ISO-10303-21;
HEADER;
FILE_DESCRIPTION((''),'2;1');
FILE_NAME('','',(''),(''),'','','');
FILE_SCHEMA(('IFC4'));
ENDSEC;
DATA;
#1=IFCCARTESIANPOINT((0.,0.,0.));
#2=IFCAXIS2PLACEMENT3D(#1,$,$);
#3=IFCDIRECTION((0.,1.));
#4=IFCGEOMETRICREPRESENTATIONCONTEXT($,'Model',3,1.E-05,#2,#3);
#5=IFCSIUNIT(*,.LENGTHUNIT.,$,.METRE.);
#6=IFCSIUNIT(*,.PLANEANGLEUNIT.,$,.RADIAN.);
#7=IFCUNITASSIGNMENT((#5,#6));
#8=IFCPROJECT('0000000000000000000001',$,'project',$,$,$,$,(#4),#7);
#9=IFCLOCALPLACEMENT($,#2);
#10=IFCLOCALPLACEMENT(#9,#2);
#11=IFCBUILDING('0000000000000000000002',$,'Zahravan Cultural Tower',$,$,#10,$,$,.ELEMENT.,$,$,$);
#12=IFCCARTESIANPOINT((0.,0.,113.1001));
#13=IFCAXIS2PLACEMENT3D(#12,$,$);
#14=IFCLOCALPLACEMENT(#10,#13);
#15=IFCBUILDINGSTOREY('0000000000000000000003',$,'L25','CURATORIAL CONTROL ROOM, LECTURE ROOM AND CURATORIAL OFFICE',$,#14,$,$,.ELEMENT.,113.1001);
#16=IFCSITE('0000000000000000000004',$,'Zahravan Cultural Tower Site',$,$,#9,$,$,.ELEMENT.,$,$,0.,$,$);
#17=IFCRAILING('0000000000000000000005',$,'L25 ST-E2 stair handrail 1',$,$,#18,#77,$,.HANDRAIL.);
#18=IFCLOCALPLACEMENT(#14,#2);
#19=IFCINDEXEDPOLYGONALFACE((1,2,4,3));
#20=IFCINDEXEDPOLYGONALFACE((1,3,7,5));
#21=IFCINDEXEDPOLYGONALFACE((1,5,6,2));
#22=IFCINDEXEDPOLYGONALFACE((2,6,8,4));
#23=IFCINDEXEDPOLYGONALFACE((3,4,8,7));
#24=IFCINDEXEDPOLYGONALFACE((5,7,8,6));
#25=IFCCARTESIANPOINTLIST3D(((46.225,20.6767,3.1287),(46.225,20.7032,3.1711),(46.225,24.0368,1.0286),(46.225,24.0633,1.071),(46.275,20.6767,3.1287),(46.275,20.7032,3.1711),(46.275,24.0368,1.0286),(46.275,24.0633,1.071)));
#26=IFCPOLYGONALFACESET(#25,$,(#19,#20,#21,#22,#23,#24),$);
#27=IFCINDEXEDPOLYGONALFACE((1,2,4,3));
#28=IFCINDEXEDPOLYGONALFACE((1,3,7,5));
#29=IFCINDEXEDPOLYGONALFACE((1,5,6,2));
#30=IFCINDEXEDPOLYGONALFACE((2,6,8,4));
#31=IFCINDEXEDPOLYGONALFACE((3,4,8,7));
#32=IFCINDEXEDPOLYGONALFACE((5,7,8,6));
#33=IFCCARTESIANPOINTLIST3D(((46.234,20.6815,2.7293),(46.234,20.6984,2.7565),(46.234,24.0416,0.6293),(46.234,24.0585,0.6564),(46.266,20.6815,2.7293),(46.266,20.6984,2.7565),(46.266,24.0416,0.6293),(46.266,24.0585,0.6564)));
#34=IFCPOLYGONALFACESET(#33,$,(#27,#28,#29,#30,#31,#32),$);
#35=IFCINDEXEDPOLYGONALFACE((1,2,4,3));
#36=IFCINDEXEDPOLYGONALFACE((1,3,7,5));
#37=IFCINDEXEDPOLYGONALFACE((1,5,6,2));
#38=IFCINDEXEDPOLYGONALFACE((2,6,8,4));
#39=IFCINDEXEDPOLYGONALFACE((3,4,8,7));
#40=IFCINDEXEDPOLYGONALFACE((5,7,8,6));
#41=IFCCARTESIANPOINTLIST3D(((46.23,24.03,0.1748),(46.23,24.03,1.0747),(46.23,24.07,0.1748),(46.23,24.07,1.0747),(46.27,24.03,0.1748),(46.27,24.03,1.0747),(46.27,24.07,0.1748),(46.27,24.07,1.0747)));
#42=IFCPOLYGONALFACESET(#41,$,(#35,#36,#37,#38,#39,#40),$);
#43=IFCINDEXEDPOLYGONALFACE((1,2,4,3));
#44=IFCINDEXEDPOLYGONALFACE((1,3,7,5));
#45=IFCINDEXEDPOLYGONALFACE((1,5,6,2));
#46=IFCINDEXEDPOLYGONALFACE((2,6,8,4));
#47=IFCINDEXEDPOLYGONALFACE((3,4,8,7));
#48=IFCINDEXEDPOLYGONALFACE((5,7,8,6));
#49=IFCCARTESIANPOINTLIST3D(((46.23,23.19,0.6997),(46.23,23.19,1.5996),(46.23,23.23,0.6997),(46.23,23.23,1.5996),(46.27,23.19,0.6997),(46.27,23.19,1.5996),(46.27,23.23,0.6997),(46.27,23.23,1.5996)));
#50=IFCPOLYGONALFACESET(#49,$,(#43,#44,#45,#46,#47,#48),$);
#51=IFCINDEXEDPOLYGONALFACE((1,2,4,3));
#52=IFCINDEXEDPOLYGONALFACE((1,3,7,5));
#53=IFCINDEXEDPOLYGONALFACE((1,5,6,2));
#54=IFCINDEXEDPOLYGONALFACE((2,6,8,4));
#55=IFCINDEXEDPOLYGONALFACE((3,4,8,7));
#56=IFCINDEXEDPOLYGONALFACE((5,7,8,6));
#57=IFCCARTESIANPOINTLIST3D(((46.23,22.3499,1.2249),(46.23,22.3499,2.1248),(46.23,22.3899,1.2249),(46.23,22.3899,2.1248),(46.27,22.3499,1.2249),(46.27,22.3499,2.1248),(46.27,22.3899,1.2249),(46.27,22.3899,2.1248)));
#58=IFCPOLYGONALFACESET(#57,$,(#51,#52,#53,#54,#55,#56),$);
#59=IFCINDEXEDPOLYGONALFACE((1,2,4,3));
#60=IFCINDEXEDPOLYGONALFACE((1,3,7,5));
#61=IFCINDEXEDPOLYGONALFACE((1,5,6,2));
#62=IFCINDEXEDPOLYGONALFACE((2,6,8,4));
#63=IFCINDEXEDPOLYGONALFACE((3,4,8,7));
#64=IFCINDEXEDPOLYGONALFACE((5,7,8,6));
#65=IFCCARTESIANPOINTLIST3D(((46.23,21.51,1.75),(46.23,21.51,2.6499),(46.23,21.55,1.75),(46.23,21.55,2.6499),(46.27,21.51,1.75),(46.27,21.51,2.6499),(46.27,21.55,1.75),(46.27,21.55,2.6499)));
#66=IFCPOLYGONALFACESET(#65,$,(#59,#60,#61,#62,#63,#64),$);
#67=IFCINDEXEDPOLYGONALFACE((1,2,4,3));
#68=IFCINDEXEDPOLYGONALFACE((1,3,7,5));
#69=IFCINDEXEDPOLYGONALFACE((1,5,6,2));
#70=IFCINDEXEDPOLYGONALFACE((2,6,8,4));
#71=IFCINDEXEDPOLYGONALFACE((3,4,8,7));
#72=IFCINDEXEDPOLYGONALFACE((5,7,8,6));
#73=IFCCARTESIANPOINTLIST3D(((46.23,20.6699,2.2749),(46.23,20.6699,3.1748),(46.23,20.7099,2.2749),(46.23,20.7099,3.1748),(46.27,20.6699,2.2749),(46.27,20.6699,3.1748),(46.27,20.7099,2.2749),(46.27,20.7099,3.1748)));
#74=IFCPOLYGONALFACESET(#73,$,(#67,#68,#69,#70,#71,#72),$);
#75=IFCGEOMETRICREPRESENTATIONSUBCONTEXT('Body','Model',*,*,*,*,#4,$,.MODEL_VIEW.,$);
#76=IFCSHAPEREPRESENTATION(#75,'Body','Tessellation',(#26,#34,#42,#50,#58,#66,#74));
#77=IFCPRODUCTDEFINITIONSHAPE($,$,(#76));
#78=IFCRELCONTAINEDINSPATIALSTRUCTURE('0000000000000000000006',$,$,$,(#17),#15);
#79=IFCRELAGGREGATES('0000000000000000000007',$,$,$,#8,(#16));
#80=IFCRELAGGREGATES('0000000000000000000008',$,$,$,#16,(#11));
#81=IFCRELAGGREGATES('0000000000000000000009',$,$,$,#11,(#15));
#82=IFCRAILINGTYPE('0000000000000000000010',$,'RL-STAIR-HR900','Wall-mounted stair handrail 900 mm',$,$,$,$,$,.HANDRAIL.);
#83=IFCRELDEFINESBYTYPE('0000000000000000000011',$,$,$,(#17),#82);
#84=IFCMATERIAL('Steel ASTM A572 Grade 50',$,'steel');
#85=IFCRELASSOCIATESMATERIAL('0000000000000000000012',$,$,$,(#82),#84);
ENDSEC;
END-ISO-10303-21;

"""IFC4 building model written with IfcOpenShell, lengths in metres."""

from ifc_helpers import new_model, si_unit, direction, frame, origin, origin_2d, place, context, subcontext, project, spatial, rectangle, extrude, material, type_object, element, save


model = new_model("IFC4")

# Units and contexts
model_context = context("Model", 3, precision=1e-05, world=origin(), true_north=direction((0.0, 1.0)))
body_context = subcontext(model_context, "Body", "Model", "MODEL_VIEW")
ifc_project = project(units=[si_unit("LENGTHUNIT", "METRE"), si_unit("PLANEANGLEUNIT", "RADIAN")], contexts=[model_context])

# Site, building, storey
site_placement = place(None, origin())
site = spatial("IfcSite", under=ifc_project, at=site_placement, Name="Zahravan Cultural Tower Site", CompositionType="ELEMENT", RefElevation=0.0)
building_placement = place(site_placement, origin())
building = spatial("IfcBuilding", under=site, at=building_placement, Name="Zahravan Cultural Tower", CompositionType="ELEMENT")
storey_placement = place(building_placement, frame((0.0, 0.0, 113.1001)))
storey = spatial("IfcBuildingStorey", under=building, at=storey_placement, Name="L25", Description="CURATORIAL CONTROL ROOM, LECTURE ROOM AND CURATORIAL OFFICE", CompositionType="ELEMENT", Elevation=113.1001)

# Shared definitions
ifc_material_1 = material(Name="Steel ASTM A572 Grade 50", Category="steel")

# Railing
railing_type_1 = type_object("IfcRailingType", Name="RL-STAIR-HR900", Description="Wall-mounted stair handrail 900 mm", PredefinedType="HANDRAIL", material=ifc_material_1)
railing_1_placement = place(storey_placement, frame((46.25, 24.05, 0.1748)))
element("IfcRailing", 1, at=railing_1_placement, inside=storey, type_object=railing_type_1, Name="L25 ST-E2 stair handrail 1", PredefinedType="HANDRAIL", context=body_context, shape_type="SweptSolid", body=[
    extrude(rectangle(XDim=0.05, YDim=0.05, at=origin_2d()), frame((0.0, 0.0, 0.875), z_axis=(0.0, -0.847995, 0.530004), x_axis=(1.0, 0.0, 0.0)), (0.0, 0.0, 1.0), 3.9624),
    extrude(rectangle(XDim=0.032, YDim=0.032, at=origin_2d()), frame((0.0, 0.0, 0.468), z_axis=(0.0, -0.847995, 0.530004), x_axis=(1.0, 0.0, 0.0)), (0.0, 0.0, 1.0), 3.9624),
    extrude(rectangle(XDim=0.04, YDim=0.04, at=origin_2d()), origin(), (0.0, 0.0, 1.0), 0.8999),
    extrude(rectangle(XDim=0.04, YDim=0.04, at=origin_2d()), frame((0.0, -0.8401, 0.5249)), (0.0, 0.0, 1.0), 0.8999),
    extrude(rectangle(XDim=0.04, YDim=0.04, at=origin_2d()), frame((0.0, -1.6802, 1.05)), (0.0, 0.0, 1.0), 0.8999),
    extrude(rectangle(XDim=0.04, YDim=0.04, at=origin_2d()), frame((0.0, -2.52, 1.5752)), (0.0, 0.0, 1.0), 0.8999),
    extrude(rectangle(XDim=0.04, YDim=0.04, at=origin_2d()), frame((0.0, -3.3601, 2.1001)), (0.0, 0.0, 1.0), 0.8999),
])

save(model, "model.ifc")
